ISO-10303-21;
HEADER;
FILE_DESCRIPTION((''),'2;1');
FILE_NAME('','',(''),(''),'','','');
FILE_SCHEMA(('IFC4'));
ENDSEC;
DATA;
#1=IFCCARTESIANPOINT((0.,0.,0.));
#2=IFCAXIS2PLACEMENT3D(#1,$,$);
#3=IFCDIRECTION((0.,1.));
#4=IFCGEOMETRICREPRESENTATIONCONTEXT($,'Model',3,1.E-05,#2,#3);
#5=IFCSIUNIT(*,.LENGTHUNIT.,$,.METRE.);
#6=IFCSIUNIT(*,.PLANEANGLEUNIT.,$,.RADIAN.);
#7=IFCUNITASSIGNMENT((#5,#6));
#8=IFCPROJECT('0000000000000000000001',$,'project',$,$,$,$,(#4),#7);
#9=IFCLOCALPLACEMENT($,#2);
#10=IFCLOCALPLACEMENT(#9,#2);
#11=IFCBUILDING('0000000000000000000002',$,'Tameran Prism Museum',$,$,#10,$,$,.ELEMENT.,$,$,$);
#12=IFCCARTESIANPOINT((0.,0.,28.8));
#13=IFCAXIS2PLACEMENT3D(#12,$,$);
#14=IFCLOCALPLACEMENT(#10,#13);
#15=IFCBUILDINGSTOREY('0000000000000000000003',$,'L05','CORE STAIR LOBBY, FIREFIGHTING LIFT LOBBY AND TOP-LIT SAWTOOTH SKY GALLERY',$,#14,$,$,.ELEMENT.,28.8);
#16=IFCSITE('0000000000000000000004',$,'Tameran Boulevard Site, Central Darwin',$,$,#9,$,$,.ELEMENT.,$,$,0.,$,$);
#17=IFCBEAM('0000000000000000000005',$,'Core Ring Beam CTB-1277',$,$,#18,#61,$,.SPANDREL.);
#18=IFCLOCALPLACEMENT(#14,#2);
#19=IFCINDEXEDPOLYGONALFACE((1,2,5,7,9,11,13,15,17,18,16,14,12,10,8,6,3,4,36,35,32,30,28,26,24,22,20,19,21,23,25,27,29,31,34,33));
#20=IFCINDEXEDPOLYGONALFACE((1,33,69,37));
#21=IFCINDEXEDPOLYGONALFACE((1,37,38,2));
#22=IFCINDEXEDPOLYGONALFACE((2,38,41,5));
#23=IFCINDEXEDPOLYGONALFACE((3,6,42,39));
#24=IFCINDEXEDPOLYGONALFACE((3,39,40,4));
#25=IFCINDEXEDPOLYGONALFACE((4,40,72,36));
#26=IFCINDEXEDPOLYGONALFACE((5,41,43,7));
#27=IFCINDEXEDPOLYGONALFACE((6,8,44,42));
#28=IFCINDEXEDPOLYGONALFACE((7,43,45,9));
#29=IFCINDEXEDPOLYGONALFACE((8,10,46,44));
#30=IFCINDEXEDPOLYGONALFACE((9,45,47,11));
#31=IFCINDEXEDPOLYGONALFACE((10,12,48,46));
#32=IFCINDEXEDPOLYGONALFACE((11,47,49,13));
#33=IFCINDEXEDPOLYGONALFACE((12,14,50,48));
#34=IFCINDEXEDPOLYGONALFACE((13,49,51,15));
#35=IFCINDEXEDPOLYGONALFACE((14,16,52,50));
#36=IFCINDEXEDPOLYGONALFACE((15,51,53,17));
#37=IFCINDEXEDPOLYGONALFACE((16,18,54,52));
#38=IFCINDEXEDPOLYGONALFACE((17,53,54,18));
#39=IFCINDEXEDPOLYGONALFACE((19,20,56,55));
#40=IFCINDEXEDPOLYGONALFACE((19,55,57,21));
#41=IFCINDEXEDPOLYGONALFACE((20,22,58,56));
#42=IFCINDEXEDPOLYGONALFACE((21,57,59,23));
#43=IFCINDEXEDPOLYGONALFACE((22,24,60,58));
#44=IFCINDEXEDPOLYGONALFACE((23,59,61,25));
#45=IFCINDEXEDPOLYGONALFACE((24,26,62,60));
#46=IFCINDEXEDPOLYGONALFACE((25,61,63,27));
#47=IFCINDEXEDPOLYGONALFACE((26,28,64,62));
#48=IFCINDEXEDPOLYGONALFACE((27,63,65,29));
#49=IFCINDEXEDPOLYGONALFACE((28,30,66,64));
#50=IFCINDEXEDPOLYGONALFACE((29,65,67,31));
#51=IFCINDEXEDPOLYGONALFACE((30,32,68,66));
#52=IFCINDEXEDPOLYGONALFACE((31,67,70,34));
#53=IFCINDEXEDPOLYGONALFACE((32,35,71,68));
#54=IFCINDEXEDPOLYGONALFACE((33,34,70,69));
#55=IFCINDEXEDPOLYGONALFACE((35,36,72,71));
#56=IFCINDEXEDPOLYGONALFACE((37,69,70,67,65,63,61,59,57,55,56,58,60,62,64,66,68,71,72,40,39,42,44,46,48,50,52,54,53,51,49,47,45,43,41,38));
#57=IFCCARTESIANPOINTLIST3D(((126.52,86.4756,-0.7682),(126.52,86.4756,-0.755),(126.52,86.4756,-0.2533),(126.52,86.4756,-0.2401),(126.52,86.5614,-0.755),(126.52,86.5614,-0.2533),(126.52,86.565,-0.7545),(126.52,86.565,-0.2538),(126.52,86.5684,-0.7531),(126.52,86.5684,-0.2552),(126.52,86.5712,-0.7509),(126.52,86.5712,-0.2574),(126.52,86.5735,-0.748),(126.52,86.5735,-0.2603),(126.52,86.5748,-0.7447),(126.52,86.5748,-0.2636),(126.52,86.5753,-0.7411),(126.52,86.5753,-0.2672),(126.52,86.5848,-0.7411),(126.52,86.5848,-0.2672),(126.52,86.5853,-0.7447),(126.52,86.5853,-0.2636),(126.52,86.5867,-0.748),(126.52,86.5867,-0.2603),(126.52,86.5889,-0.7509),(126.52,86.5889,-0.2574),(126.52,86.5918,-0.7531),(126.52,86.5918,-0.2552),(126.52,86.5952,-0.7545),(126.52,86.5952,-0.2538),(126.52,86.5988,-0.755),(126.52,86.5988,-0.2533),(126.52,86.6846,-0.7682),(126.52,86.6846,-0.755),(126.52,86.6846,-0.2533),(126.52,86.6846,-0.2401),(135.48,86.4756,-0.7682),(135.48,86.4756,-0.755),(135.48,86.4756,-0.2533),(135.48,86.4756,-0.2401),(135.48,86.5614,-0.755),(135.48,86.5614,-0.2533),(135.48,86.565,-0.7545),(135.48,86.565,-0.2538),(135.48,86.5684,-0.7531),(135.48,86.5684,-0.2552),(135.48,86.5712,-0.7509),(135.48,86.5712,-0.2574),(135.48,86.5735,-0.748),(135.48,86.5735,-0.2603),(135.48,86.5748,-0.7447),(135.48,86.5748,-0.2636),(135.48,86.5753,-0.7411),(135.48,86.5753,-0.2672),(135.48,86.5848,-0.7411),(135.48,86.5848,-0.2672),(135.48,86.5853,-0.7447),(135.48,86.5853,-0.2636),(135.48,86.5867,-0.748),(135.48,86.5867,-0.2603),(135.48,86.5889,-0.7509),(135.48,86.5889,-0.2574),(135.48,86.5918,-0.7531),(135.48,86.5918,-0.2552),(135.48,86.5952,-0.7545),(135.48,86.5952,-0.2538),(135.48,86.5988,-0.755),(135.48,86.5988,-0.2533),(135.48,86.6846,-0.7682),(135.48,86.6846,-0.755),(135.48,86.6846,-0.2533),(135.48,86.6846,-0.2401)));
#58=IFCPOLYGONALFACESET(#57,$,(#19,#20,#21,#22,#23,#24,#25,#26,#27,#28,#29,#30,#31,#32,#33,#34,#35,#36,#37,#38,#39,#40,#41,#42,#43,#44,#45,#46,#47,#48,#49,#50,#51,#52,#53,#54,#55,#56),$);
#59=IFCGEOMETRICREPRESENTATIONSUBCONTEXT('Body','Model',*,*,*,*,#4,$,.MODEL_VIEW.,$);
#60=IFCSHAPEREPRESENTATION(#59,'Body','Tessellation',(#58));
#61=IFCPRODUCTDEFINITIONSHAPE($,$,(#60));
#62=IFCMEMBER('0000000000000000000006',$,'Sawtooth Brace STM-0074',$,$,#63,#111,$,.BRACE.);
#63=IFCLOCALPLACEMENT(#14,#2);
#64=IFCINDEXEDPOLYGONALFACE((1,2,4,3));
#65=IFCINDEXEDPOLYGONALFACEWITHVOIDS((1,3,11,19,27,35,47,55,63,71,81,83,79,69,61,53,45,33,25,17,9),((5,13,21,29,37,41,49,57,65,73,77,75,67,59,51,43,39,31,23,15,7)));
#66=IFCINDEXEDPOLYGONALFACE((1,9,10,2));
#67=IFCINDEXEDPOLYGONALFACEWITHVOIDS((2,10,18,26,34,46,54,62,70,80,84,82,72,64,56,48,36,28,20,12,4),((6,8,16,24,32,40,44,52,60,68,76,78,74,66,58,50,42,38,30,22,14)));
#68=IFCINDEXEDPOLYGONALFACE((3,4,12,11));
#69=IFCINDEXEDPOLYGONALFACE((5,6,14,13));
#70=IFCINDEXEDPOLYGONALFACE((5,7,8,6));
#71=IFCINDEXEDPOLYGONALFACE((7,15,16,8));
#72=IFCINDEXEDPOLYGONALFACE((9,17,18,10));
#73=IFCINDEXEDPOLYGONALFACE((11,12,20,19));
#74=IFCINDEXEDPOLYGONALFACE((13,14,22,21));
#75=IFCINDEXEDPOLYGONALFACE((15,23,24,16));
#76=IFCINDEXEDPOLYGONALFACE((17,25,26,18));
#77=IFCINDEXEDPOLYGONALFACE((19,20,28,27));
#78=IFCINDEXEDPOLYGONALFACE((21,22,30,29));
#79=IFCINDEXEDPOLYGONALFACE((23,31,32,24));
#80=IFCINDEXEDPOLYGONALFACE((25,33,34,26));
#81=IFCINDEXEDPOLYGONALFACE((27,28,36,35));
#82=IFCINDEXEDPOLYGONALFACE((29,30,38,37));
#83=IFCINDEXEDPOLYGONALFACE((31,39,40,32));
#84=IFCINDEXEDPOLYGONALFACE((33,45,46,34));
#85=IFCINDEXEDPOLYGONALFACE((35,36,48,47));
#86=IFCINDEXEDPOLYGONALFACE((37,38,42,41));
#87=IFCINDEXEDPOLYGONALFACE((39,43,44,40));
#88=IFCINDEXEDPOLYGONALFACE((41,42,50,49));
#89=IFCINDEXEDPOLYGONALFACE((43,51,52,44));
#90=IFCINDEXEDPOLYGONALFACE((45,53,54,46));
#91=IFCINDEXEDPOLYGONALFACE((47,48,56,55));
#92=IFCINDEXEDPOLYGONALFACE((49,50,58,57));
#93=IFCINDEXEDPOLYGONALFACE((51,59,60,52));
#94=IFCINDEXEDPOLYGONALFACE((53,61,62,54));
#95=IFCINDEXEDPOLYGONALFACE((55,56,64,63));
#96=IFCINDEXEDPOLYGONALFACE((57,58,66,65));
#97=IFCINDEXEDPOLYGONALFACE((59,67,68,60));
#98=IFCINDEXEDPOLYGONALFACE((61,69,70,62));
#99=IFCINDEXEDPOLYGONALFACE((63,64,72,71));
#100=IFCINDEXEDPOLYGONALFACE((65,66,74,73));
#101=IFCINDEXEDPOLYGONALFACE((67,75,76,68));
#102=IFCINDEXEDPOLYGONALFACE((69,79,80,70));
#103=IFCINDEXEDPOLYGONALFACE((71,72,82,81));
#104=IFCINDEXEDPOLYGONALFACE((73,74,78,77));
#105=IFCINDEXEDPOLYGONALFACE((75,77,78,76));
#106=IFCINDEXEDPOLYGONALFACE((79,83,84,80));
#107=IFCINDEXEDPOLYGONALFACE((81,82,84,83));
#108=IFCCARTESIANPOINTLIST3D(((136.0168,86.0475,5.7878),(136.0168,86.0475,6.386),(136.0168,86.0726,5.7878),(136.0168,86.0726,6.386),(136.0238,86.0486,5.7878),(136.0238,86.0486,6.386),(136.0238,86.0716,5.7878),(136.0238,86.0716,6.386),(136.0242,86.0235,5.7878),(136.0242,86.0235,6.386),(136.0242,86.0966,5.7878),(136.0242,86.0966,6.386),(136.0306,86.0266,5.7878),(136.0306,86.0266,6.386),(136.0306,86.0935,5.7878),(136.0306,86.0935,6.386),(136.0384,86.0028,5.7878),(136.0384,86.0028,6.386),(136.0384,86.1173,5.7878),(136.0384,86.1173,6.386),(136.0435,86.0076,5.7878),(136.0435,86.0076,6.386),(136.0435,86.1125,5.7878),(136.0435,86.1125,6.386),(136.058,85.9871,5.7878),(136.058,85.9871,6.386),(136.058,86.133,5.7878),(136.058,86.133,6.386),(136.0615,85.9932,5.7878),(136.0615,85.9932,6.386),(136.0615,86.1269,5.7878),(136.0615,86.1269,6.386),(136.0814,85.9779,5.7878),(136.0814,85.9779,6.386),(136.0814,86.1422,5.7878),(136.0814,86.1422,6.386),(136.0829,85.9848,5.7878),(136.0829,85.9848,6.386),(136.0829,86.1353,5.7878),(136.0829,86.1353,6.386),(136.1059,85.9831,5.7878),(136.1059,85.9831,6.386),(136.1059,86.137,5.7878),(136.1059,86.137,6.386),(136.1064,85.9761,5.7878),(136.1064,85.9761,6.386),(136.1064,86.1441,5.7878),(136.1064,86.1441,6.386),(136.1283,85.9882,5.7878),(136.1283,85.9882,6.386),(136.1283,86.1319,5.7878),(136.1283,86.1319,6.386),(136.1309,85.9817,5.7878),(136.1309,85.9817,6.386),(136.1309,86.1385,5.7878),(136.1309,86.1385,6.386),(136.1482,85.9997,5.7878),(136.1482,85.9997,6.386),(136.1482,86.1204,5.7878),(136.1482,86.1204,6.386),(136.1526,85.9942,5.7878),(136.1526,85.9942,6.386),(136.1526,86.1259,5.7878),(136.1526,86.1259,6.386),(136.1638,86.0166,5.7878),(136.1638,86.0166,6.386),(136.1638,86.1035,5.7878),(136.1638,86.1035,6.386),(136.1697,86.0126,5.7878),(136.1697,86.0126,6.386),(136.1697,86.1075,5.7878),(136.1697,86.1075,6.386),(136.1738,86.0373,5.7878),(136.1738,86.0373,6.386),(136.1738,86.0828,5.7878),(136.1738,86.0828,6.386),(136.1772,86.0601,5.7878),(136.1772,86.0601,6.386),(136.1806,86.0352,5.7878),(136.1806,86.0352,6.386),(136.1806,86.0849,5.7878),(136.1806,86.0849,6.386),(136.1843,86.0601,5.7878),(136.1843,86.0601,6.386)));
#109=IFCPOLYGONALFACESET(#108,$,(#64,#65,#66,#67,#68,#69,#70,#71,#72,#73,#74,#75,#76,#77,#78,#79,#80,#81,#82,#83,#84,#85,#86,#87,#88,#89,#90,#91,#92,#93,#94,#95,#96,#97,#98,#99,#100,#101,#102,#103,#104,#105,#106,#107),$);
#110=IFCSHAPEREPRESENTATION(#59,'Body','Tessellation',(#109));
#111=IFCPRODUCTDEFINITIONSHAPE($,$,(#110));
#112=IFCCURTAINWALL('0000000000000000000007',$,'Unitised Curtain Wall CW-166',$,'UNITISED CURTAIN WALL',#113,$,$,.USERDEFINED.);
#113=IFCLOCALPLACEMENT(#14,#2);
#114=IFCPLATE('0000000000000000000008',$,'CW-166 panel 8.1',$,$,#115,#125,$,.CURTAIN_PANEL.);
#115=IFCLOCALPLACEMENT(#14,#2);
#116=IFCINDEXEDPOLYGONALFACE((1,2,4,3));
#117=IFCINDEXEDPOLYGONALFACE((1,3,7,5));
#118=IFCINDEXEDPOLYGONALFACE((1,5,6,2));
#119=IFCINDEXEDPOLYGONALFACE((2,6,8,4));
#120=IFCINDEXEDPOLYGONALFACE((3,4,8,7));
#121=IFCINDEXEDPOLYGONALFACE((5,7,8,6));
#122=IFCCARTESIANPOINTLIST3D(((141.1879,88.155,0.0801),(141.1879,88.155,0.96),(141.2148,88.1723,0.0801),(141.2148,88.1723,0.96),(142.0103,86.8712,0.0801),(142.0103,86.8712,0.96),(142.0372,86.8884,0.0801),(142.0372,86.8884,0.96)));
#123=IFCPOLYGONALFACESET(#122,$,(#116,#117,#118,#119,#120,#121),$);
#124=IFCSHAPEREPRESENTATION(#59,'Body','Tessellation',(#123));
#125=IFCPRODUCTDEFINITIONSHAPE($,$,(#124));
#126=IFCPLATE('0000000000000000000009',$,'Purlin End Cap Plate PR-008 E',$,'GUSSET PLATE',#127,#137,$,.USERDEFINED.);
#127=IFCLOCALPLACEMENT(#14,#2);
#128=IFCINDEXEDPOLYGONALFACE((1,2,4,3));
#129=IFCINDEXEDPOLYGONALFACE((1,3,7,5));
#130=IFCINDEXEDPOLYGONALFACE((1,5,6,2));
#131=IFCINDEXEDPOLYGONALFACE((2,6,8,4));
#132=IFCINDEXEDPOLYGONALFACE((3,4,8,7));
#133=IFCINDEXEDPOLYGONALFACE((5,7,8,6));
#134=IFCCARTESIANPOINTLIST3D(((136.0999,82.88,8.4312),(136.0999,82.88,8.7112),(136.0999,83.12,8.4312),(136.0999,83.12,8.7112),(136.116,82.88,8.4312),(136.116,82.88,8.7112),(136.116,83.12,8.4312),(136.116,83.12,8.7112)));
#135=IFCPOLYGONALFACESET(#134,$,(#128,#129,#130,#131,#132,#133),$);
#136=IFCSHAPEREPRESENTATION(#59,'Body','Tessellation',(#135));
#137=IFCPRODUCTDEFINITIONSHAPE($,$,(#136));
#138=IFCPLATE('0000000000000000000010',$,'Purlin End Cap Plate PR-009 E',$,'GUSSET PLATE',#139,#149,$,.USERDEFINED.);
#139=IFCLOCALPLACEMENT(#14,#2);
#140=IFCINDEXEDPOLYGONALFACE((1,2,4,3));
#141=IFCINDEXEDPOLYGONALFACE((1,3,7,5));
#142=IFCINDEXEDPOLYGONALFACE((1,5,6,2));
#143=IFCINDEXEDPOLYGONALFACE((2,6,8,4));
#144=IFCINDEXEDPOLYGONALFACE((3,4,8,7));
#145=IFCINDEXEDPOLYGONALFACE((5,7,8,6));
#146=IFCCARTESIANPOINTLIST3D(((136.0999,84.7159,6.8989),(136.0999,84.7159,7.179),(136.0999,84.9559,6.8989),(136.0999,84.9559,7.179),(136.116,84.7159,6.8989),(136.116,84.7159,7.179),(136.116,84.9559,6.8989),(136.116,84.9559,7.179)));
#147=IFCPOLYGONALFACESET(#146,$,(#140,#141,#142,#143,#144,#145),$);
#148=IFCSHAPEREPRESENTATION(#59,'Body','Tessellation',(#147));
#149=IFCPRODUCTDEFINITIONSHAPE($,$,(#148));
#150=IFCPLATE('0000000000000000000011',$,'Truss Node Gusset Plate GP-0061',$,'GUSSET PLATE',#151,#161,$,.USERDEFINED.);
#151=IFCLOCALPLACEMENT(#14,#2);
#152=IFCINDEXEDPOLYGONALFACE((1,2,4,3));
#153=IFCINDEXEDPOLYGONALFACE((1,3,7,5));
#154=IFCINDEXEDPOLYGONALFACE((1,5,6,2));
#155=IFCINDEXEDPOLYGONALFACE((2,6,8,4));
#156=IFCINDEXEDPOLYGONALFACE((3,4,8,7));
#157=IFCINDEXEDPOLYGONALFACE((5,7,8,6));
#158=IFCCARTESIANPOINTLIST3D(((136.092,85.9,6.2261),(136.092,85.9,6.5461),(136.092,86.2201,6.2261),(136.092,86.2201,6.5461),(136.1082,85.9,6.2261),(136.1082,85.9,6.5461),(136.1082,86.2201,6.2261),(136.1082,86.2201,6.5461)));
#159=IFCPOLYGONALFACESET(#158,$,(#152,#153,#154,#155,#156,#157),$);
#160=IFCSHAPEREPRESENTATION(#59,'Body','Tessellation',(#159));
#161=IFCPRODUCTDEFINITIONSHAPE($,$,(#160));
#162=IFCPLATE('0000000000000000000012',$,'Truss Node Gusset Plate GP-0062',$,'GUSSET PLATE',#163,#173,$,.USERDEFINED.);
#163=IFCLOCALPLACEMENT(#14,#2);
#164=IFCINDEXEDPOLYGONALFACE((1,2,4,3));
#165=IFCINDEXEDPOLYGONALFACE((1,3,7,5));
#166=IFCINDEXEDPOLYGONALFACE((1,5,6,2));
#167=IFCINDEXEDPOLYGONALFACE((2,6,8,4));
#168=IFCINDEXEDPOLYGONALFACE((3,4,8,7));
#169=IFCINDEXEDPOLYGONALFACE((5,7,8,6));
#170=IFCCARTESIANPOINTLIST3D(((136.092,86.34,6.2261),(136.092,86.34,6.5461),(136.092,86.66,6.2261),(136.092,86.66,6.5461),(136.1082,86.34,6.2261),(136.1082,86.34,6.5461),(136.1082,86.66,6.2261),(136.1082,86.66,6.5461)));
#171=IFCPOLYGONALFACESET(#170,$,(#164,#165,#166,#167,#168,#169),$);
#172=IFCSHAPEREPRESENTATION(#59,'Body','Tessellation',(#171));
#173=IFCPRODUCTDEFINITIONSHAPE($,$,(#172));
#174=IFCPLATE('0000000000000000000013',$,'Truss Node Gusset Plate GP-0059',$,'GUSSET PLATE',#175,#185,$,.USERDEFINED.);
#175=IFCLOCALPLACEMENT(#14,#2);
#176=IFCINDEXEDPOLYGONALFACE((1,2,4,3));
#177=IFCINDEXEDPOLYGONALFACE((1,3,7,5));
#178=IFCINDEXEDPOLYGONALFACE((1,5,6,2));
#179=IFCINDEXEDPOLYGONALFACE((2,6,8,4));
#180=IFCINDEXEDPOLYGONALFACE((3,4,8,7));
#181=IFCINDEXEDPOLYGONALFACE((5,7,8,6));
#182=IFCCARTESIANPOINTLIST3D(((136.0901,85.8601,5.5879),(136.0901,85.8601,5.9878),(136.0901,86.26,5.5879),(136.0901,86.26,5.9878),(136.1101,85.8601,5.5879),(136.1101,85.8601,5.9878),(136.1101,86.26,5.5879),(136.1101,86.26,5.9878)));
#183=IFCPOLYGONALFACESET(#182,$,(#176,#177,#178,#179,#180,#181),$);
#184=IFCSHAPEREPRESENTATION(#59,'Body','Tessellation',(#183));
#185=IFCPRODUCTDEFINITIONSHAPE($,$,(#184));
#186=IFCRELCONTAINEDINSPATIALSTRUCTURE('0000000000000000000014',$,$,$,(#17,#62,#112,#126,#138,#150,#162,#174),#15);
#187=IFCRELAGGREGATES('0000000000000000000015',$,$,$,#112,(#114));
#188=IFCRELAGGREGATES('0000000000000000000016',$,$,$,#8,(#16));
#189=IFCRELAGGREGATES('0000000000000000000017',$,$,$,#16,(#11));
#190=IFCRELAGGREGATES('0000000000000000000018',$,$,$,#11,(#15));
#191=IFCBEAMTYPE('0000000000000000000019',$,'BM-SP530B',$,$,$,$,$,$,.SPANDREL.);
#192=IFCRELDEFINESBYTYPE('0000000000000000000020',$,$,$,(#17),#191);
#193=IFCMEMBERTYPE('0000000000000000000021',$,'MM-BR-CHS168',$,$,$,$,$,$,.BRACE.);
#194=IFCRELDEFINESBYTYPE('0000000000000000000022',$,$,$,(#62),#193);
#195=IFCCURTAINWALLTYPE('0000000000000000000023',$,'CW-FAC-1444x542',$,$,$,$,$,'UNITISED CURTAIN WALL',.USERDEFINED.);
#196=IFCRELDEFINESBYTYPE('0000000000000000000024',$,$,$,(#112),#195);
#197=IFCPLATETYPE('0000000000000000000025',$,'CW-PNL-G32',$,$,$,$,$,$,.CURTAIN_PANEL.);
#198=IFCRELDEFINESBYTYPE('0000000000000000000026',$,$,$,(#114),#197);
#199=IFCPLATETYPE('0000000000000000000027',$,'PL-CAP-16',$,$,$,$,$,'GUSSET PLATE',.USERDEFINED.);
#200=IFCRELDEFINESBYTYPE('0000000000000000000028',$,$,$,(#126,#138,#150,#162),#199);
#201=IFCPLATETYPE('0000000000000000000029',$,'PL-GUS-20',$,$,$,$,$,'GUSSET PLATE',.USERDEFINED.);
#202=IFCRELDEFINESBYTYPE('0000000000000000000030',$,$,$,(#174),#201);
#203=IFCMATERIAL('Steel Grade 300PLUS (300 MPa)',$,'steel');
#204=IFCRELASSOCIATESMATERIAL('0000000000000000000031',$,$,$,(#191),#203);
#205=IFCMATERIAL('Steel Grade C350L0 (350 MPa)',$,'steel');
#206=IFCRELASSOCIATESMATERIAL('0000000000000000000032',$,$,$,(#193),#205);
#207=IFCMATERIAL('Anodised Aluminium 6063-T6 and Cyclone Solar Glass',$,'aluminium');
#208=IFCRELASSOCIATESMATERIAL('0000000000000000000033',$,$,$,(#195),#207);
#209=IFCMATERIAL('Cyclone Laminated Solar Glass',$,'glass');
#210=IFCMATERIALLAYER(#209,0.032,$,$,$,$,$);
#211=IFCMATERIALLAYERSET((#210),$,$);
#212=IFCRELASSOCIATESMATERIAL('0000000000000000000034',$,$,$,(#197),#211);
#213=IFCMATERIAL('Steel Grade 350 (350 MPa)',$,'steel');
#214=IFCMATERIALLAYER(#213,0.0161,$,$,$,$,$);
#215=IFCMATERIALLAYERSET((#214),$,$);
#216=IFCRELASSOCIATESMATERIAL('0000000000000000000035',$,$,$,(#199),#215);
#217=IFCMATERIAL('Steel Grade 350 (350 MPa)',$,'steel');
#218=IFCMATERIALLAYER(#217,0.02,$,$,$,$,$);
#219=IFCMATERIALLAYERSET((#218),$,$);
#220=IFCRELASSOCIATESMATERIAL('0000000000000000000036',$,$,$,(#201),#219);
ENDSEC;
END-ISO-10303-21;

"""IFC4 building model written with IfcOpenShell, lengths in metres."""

from ifc_helpers import new_model, si_unit, direction, frame, origin, origin_2d, place, context, subcontext, project, spatial, rectangle, hollow_circle, i_section, extrude, material, layer, layer_set, material_profile, profile_set, type_object, element, aggregate, save


model = new_model("IFC4")

# Units and contexts
model_context = context("Model", 3, precision=1e-05, world=origin(), true_north=direction((0.0, 1.0)))
body_context = subcontext(model_context, "Body", "Model", "MODEL_VIEW")
ifc_project = project(units=[si_unit("LENGTHUNIT", "METRE"), si_unit("PLANEANGLEUNIT", "RADIAN")], contexts=[model_context])

# Site, building, storey
site_placement = place(None, origin())
site = spatial("IfcSite", under=ifc_project, at=site_placement, Name="Tameran Boulevard Site, Central Darwin", CompositionType="ELEMENT", RefElevation=0.0)
building_placement = place(site_placement, origin())
building = spatial("IfcBuilding", under=site, at=building_placement, Name="Tameran Prism Museum", CompositionType="ELEMENT")
storey_placement = place(building_placement, frame((0.0, 0.0, 28.8)))
storey = spatial("IfcBuildingStorey", under=building, at=storey_placement, Name="L05", Description="CORE STAIR LOBBY, FIREFIGHTING LIFT LOBBY AND TOP-LIT SAWTOOTH SKY GALLERY", CompositionType="ELEMENT", Elevation=28.8)

# Beam
ifc_material_1 = material(Name="Steel Grade 300PLUS (300 MPa)", Category="steel")
ifc_material_profile_1 = material_profile(ifc_material_1, i_section(OverallWidth=0.209, OverallDepth=0.5281, WebThickness=0.0095, FlangeThickness=0.0132, FilletRadius=0.0139, at=origin_2d()))
ifc_profile_set_1 = profile_set([ifc_material_profile_1])
beam_type_1 = type_object("IfcBeamType", Name="BM-SP530B", PredefinedType="SPANDREL", material=ifc_profile_set_1)
beam_1_placement = place(storey_placement, frame((135.48, 86.5801, -0.5042), z_axis=(-1.0, 0.0, 0.0), x_axis=(0.0, -1.0, 0.0)))
element("IfcBeam", 1, at=beam_1_placement, inside=storey, type_object=beam_type_1, Name="Core Ring Beam CTB-1277", PredefinedType="SPANDREL", context=body_context, shape_type="SweptSolid", body=[
    extrude(i_section(OverallWidth=0.209, OverallDepth=0.5281, WebThickness=0.0095, FlangeThickness=0.0132, FilletRadius=0.0139, at=origin_2d()), origin(), (0.0, 0.0, 1.0), 8.96),
])

# Member
ifc_material_2 = material(Name="Steel Grade C350L0 (350 MPa)", Category="steel")
ifc_material_profile_2 = material_profile(ifc_material_2, hollow_circle(Radius=0.0842, WallThickness=0.0071, at=origin_2d()))
ifc_profile_set_2 = profile_set([ifc_material_profile_2])
member_type = type_object("IfcMemberType", Name="MM-BR-CHS168", PredefinedType="BRACE", material=ifc_profile_set_2)
member_placement = place(storey_placement, frame((136.1001, 86.0601, 6.386), z_axis=(0.0, 0.0, -1.0), x_axis=(1.0, 0.0, 0.0)))
element("IfcMember", 2, at=member_placement, inside=storey, type_object=member_type, Name="Sawtooth Brace STM-0074", PredefinedType="BRACE", context=body_context, shape_type="SweptSolid", body=[
    extrude(hollow_circle(Radius=0.0842, WallThickness=0.0071, at=origin_2d()), origin(), (0.0, 0.0, 1.0), 0.5981),
])

# Curtain wall, plate
ifc_material_3 = material(Name="Anodised Aluminium 6063-T6 and Cyclone Solar Glass", Category="aluminium")
curtain_wall_type = type_object("IfcCurtainWallType", Name="CW-FAC-1444x542", ElementType="UNITISED CURTAIN WALL", PredefinedType="USERDEFINED", material=ifc_material_3)
curtain_wall_placement = place(storey_placement, origin())
curtain_wall = element("IfcCurtainWall", 3, at=curtain_wall_placement, inside=storey, type_object=curtain_wall_type, Name="Unitised Curtain Wall CW-166", ObjectType="UNITISED CURTAIN WALL", PredefinedType="USERDEFINED")
ifc_material_4 = material(Name="Cyclone Laminated Solar Glass", Category="glass")
ifc_layer_1 = layer(ifc_material_4, 0.032)
ifc_layer_set_1 = layer_set([ifc_layer_1])
plate_type_1 = type_object("IfcPlateType", Name="CW-PNL-G32", PredefinedType="CURTAIN_PANEL", material=ifc_layer_set_1)
plate_1_placement = place(storey_placement, frame((141.6125, 87.5217, 0.0801), z_axis=(0.0, 0.0, 1.0), x_axis=(0.539427, -0.842032, 0.0)))
plate_1 = element("IfcPlate", 4, at=plate_1_placement, type_object=plate_type_1, Name="CW-166 panel 8.1", PredefinedType="CURTAIN_PANEL", context=body_context, shape_type="SweptSolid", body=[
    extrude(rectangle(XDim=1.5247, YDim=0.032, at=origin_2d()), origin(), (0.0, 0.0, 1.0), 0.8799),
])
aggregate(curtain_wall, [plate_1])

# Plates
ifc_material_5 = material(Name="Steel Grade 350 (350 MPa)", Category="steel")
ifc_layer_2 = layer(ifc_material_5, 0.0161)
ifc_layer_set_2 = layer_set([ifc_layer_2])
plate_type_2 = type_object("IfcPlateType", Name="PL-CAP-16", ElementType="GUSSET PLATE", PredefinedType="USERDEFINED", material=ifc_layer_set_2)
for number, where, z_axis, x_axis, name in (
    (5, (136.1079, 83.0, 8.4312), (0.0, 0.0, 1.0), (1.0, 0.0, 0.0), "Purlin End Cap Plate PR-008 E"),
    (6, (136.1079, 84.8359, 6.8989), (0.0, 0.0, 1.0), (1.0, 0.0, 0.0), "Purlin End Cap Plate PR-009 E"),
):
    element("IfcPlate", number, at=place(storey_placement, frame(where, z_axis=z_axis, x_axis=x_axis)), inside=storey, type_object=plate_type_2, Name=name, ObjectType="GUSSET PLATE", PredefinedType="USERDEFINED", context=body_context, shape_type="SweptSolid", body=[
        extrude(rectangle(XDim=0.0161, YDim=0.24, at=origin_2d()), origin(), (0.0, 0.0, 1.0), 0.28),
    ])
for number, where, z_axis, x_axis, name in (
    (7, (136.1001, 86.0601, 6.2261), (0.0, 0.0, 1.0), (1.0, 0.0, 0.0), "Truss Node Gusset Plate GP-0061"),
    (8, (136.1001, 86.5, 6.2261), (0.0, 0.0, 1.0), (1.0, 0.0, 0.0), "Truss Node Gusset Plate GP-0062"),
):
    element("IfcPlate", number, at=place(storey_placement, frame(where, z_axis=z_axis, x_axis=x_axis)), inside=storey, type_object=plate_type_2, Name=name, ObjectType="GUSSET PLATE", PredefinedType="USERDEFINED", context=body_context, shape_type="SweptSolid", body=[
        extrude(rectangle(XDim=0.0161, YDim=0.3201, at=origin_2d()), origin(), (0.0, 0.0, 1.0), 0.3201),
    ])
ifc_material_6 = material(Name="Steel Grade 350 (350 MPa)", Category="steel")
ifc_layer_3 = layer(ifc_material_6, 0.02)
ifc_layer_set_3 = layer_set([ifc_layer_3])
plate_type_3 = type_object("IfcPlateType", Name="PL-GUS-20", ElementType="GUSSET PLATE", PredefinedType="USERDEFINED", material=ifc_layer_set_3)
plate_2_placement = place(storey_placement, frame((136.1001, 86.0601, 5.5879), z_axis=(0.0, 0.0, 1.0), x_axis=(1.0, 0.0, 0.0)))
element("IfcPlate", 9, at=plate_2_placement, inside=storey, type_object=plate_type_3, Name="Truss Node Gusset Plate GP-0059", ObjectType="GUSSET PLATE", PredefinedType="USERDEFINED", context=body_context, shape_type="SweptSolid", body=[
    extrude(rectangle(XDim=0.02, YDim=0.3999, at=origin_2d()), origin(), (0.0, 0.0, 1.0), 0.3999),
])

save(model, "model.ifc")
